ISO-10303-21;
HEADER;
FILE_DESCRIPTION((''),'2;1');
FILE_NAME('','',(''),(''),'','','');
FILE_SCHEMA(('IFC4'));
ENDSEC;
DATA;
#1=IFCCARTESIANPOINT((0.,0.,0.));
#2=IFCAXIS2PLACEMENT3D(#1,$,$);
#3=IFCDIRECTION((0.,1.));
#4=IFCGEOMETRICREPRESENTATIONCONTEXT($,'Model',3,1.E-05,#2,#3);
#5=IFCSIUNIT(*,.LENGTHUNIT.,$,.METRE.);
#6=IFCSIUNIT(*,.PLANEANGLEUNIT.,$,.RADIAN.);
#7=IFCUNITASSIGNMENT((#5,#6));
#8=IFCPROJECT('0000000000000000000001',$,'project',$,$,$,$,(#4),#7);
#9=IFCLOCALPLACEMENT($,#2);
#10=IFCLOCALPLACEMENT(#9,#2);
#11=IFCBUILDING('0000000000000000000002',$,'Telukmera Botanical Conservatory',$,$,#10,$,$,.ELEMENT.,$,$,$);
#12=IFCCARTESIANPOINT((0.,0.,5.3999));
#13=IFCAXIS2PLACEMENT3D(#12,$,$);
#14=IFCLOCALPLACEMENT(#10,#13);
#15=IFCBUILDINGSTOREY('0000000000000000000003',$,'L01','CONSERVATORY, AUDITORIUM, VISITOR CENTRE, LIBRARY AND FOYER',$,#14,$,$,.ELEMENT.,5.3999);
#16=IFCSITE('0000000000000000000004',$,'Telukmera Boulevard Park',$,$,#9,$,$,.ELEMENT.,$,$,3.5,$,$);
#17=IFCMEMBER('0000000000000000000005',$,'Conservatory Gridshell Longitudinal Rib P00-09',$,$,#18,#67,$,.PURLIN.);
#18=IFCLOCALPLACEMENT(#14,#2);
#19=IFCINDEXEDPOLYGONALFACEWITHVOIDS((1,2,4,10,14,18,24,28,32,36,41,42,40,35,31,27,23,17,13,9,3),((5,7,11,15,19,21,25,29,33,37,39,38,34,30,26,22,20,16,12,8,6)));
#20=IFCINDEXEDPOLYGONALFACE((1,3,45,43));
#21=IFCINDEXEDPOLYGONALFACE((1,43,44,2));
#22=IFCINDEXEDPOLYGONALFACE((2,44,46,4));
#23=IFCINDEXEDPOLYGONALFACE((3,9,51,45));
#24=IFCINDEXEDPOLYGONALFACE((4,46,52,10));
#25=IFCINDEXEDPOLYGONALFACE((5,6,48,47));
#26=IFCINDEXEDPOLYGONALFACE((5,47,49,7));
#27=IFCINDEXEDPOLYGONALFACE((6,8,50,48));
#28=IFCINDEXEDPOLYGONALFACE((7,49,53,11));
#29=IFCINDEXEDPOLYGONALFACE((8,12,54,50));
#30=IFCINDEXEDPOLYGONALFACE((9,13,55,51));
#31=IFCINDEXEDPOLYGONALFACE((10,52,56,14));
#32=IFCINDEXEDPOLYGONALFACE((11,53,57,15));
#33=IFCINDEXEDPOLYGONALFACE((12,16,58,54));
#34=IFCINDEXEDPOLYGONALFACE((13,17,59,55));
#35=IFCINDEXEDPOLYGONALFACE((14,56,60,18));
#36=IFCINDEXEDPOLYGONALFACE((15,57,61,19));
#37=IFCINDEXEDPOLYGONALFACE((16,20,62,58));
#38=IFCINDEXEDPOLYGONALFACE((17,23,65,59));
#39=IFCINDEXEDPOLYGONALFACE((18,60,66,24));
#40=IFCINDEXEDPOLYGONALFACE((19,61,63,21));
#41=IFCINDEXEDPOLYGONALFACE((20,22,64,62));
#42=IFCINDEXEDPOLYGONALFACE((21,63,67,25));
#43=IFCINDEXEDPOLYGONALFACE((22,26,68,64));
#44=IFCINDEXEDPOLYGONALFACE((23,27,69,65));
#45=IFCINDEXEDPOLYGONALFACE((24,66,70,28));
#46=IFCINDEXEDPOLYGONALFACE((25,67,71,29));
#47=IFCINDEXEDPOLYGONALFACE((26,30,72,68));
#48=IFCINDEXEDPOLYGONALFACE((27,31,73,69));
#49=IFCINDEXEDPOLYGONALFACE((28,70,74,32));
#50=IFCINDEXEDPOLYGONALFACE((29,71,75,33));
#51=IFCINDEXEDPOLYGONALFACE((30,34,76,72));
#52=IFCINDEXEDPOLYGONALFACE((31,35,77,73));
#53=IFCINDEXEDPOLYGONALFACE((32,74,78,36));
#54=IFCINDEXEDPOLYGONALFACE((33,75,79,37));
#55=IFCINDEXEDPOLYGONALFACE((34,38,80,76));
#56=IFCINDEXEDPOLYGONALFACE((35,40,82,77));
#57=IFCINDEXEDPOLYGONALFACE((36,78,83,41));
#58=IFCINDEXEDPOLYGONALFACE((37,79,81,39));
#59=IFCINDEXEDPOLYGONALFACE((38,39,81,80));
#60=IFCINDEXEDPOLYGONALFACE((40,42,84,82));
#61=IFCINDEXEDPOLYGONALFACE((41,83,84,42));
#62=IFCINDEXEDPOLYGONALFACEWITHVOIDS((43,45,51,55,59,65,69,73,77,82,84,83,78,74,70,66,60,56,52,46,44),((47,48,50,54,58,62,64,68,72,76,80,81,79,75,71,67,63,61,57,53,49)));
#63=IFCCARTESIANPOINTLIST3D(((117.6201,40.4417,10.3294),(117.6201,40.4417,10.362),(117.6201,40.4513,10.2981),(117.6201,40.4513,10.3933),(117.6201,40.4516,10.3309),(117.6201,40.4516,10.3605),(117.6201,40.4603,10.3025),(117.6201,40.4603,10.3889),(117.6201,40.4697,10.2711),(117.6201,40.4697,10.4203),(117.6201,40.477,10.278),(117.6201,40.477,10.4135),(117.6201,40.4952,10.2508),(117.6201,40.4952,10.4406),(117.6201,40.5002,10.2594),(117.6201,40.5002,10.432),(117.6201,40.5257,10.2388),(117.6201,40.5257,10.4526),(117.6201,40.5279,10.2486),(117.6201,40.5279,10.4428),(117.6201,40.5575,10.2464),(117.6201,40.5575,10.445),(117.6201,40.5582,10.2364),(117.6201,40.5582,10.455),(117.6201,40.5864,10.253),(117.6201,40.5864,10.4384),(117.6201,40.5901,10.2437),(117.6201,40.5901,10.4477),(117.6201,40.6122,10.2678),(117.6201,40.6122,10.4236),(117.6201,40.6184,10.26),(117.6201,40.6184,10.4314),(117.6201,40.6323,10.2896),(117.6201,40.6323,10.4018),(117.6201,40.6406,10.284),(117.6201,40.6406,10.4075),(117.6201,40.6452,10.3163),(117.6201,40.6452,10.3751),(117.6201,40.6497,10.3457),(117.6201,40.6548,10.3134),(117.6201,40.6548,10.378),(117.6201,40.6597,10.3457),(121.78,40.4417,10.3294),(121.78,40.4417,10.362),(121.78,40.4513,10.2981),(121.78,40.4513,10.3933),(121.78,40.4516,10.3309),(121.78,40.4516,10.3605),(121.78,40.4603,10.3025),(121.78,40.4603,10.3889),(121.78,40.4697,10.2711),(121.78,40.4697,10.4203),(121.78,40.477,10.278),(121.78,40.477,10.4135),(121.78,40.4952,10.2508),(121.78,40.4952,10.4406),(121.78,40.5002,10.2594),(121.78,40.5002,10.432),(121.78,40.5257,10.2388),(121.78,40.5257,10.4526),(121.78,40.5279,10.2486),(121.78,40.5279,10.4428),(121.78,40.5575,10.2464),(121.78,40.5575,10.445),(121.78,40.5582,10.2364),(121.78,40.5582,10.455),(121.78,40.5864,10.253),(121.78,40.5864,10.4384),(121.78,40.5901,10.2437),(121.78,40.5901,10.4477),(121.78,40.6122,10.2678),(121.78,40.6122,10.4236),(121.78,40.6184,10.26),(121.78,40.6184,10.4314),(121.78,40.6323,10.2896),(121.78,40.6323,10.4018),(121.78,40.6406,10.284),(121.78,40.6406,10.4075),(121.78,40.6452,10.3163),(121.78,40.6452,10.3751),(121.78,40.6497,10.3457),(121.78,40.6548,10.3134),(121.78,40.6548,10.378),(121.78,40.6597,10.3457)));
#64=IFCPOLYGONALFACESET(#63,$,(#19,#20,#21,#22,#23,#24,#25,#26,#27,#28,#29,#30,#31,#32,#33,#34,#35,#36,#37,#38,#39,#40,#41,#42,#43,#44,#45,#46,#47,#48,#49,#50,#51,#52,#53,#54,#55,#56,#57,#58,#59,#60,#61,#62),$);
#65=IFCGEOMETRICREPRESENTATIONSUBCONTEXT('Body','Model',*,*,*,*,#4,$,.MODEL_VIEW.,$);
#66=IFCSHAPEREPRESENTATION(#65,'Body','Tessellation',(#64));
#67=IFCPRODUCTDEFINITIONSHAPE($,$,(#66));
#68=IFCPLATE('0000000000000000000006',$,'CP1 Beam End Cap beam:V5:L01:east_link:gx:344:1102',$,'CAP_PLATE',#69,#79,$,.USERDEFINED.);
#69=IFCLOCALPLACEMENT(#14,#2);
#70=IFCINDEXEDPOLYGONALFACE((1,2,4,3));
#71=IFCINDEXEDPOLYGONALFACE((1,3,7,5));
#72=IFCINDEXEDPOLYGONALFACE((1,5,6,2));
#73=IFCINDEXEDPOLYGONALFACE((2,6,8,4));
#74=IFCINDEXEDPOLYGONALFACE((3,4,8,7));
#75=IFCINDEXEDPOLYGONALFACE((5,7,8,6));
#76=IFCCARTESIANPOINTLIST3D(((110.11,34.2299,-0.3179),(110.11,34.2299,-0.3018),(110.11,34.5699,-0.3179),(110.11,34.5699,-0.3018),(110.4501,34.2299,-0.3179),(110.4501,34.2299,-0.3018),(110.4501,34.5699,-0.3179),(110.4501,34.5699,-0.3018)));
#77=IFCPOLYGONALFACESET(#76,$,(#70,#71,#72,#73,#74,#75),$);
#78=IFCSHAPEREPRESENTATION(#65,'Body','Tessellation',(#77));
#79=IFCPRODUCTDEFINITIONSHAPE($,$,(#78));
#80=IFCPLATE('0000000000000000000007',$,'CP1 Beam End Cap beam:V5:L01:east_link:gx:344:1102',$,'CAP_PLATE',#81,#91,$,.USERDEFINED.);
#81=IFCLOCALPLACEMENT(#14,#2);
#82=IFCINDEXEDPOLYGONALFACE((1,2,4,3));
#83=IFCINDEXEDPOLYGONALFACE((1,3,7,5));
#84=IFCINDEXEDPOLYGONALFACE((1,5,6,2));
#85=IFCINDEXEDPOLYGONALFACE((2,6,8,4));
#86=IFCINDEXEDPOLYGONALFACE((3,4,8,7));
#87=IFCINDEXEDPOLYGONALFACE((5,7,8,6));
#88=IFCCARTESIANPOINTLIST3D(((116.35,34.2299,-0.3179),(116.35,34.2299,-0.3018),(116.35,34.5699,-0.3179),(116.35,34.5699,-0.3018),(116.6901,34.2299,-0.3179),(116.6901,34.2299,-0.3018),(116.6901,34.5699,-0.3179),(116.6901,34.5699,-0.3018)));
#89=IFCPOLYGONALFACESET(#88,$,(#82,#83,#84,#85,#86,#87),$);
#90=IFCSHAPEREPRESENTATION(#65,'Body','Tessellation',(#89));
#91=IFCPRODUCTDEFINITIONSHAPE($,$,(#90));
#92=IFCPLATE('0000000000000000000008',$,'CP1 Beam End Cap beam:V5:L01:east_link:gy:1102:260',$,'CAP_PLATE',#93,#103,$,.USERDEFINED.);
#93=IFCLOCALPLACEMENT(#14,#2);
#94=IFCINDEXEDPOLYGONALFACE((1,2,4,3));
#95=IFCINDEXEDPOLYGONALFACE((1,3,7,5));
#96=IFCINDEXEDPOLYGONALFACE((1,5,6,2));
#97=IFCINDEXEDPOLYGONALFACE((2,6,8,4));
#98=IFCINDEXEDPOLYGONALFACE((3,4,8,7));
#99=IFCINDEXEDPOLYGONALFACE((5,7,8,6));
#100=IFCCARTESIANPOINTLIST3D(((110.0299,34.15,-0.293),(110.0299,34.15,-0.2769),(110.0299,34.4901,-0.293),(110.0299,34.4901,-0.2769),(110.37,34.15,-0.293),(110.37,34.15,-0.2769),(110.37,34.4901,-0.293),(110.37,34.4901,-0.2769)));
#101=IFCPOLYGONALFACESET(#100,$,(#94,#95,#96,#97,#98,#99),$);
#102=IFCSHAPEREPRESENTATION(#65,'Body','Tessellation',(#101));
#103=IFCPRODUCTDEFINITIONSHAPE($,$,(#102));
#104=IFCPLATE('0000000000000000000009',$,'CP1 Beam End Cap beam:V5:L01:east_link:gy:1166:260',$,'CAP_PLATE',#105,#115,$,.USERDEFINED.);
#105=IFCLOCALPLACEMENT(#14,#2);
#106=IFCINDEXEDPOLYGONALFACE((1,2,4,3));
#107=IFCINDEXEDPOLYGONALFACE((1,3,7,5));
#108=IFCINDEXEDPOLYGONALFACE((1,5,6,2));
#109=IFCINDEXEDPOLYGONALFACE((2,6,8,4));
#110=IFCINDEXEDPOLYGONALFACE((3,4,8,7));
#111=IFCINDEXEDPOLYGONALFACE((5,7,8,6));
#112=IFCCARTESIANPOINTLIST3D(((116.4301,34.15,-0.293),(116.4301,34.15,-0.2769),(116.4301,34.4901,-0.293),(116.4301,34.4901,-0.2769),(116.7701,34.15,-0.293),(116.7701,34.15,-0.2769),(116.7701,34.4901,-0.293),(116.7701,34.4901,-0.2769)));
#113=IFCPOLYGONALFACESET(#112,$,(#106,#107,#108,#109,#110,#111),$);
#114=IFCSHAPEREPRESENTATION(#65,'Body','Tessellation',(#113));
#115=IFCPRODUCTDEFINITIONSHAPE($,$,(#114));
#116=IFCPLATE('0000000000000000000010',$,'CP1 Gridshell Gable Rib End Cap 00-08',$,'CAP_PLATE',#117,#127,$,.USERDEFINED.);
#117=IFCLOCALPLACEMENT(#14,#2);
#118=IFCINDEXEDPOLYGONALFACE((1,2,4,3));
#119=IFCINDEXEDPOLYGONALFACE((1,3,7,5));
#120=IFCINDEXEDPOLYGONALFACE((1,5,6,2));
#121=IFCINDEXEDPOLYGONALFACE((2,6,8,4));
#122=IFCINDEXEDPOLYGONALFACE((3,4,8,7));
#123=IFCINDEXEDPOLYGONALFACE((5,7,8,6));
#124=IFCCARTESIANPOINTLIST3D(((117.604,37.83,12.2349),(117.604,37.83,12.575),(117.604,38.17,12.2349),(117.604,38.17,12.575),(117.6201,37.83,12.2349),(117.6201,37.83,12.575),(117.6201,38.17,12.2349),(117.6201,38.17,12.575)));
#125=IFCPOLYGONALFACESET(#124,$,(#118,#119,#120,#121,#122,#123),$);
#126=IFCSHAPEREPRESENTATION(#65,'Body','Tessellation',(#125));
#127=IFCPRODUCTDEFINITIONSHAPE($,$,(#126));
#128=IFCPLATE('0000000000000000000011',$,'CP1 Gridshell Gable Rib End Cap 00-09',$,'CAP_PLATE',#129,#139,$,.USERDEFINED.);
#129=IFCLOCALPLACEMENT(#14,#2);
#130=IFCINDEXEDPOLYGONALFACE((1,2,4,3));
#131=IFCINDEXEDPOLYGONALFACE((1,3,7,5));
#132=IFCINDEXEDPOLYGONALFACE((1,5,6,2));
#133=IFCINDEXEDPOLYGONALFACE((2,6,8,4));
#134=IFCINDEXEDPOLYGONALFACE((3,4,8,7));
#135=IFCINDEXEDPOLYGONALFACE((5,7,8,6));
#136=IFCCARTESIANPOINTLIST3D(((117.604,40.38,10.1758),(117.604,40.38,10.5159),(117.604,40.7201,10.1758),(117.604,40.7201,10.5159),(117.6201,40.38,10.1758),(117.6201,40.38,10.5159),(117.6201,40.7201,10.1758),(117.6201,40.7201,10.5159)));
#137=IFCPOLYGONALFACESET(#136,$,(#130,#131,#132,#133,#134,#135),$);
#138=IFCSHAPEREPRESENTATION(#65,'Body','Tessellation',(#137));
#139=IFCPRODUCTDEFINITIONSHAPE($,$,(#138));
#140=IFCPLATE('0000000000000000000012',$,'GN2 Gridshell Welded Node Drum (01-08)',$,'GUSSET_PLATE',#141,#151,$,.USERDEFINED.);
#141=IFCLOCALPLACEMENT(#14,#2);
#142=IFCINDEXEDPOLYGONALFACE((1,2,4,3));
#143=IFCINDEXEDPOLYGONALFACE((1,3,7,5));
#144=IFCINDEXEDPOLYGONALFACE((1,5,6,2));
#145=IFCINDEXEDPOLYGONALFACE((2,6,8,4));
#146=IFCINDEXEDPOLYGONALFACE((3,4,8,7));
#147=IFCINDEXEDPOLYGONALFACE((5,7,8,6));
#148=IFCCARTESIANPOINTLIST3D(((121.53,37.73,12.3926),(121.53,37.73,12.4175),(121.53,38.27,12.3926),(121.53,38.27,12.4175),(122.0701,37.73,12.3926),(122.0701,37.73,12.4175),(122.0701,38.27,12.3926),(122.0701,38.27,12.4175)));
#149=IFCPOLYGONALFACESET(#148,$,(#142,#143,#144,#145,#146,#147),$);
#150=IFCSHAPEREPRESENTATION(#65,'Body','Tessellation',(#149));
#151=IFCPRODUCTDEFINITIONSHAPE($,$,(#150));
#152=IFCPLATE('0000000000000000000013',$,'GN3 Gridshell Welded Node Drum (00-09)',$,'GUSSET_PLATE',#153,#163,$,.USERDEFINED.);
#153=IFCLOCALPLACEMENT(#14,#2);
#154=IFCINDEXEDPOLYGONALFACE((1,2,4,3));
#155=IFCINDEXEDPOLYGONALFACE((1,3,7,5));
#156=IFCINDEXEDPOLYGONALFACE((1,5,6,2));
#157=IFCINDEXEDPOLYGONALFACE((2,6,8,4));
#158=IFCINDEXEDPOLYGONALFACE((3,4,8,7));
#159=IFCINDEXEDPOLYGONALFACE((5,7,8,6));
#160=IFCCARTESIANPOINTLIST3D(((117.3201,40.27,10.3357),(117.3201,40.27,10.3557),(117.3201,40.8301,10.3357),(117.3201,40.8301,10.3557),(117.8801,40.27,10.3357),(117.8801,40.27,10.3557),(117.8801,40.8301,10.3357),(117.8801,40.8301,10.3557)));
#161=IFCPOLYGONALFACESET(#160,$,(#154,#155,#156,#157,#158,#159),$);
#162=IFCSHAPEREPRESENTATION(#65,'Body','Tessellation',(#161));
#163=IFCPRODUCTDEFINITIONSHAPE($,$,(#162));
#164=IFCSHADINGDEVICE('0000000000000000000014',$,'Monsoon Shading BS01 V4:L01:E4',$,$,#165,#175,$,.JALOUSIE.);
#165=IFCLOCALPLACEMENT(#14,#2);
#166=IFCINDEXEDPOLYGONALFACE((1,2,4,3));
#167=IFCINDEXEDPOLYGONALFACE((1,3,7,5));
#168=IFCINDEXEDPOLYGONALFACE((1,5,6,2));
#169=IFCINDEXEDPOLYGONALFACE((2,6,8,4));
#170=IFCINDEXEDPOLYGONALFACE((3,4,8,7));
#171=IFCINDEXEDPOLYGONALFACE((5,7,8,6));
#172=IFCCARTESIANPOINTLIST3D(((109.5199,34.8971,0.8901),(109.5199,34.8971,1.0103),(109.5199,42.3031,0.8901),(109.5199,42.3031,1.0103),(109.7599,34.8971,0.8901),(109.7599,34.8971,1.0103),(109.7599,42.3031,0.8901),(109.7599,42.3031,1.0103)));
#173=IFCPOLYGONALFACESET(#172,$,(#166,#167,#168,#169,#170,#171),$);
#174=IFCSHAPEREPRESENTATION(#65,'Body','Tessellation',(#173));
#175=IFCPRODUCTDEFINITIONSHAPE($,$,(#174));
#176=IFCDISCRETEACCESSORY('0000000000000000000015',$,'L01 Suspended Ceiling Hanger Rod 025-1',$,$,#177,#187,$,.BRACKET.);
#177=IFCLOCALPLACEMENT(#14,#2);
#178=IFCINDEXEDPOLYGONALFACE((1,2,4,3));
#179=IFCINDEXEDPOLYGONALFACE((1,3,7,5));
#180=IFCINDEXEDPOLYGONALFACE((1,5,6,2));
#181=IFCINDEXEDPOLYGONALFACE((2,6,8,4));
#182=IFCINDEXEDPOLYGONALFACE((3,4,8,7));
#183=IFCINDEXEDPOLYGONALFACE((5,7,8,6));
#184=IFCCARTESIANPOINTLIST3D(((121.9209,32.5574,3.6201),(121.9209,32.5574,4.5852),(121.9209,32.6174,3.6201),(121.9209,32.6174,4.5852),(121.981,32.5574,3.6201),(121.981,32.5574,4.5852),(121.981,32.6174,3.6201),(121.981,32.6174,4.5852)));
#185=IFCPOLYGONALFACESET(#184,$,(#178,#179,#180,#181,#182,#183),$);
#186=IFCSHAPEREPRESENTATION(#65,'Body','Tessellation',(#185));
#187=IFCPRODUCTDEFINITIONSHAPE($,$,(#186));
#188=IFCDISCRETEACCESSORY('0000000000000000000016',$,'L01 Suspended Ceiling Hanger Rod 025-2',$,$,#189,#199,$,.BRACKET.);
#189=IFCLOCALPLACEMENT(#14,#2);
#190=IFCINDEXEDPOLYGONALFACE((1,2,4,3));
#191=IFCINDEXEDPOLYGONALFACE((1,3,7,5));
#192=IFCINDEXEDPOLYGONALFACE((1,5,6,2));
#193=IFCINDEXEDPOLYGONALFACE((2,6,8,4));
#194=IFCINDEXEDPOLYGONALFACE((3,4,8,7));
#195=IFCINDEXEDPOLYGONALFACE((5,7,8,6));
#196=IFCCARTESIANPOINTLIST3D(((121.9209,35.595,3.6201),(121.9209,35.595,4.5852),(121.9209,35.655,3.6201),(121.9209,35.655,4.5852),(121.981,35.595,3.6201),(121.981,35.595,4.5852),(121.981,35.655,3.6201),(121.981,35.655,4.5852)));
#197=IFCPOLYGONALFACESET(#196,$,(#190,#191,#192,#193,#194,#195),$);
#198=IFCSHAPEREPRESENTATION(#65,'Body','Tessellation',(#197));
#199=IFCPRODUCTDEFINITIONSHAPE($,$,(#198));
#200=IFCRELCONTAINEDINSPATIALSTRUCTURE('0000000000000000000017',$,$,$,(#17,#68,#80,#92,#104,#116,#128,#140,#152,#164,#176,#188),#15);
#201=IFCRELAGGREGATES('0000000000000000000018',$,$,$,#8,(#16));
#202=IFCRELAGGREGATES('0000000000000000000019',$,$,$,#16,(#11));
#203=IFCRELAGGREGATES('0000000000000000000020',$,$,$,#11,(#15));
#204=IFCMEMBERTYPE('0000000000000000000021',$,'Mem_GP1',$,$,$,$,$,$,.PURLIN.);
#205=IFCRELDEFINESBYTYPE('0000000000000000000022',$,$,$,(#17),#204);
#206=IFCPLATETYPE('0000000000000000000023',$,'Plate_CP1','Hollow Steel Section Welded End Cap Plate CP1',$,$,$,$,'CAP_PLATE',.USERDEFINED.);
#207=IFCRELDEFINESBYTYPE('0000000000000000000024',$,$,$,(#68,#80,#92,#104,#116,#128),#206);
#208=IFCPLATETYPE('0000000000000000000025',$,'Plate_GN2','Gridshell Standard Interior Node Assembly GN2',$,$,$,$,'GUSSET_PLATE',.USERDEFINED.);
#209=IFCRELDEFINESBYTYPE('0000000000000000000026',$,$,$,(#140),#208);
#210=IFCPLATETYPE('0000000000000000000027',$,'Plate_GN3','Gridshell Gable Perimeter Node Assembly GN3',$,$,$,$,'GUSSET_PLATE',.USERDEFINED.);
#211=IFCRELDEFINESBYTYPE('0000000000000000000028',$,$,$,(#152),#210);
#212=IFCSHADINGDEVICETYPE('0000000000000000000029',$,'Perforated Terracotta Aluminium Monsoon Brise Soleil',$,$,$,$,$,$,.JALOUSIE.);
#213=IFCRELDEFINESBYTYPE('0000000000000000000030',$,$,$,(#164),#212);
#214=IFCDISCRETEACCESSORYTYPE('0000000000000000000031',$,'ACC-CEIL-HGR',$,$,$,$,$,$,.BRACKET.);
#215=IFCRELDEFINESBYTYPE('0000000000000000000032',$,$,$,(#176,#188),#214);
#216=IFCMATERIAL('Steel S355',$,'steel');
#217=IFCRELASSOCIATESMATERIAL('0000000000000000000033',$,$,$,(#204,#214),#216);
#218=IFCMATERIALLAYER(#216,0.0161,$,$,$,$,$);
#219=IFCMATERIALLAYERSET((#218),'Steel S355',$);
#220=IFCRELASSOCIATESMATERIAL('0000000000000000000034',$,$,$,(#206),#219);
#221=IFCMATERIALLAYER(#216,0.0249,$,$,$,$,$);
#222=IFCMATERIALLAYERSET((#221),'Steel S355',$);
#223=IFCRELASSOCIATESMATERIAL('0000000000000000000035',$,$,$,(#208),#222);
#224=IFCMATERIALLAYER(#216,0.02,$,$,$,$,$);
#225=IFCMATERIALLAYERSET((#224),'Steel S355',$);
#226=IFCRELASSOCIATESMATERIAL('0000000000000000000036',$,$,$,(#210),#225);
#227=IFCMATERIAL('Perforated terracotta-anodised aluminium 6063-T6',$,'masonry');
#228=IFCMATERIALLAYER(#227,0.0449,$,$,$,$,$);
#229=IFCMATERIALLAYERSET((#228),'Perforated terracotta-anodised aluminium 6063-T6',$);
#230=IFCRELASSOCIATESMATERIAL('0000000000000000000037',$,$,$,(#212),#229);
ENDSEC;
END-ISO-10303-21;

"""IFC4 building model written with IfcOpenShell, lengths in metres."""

from ifc_helpers import new_model, si_unit, direction, frame, origin, origin_2d, place, context, subcontext, project, spatial, rectangle, hollow_circle, extrude, material, layer, layer_set, material_profile, profile_set, type_object, element, save


model = new_model("IFC4")

# Units and contexts
model_context = context("Model", 3, precision=1e-05, world=origin(), true_north=direction((0.0, 1.0)))
body_context = subcontext(model_context, "Body", "Model", "MODEL_VIEW")
ifc_project = project(units=[si_unit("LENGTHUNIT", "METRE"), si_unit("PLANEANGLEUNIT", "RADIAN")], contexts=[model_context])

# Site, building, storey
site_placement = place(None, origin())
site = spatial("IfcSite", under=ifc_project, at=site_placement, Name="Telukmera Boulevard Park", CompositionType="ELEMENT", RefElevation=3.5)
building_placement = place(site_placement, origin())
building = spatial("IfcBuilding", under=site, at=building_placement, Name="Telukmera Botanical Conservatory", CompositionType="ELEMENT")
storey_placement = place(building_placement, frame((0.0, 0.0, 5.3999)))
storey = spatial("IfcBuildingStorey", under=building, at=storey_placement, Name="L01", Description="CONSERVATORY, AUDITORIUM, VISITOR CENTRE, LIBRARY AND FOYER", CompositionType="ELEMENT", Elevation=5.3999)

# Shared definitions
ifc_material_1 = material(Name="Steel S355", Category="steel")

# Member
ifc_material_profile_1 = material_profile(ifc_material_1, hollow_circle(Radius=0.1096, WallThickness=0.01, at=origin_2d()), Name="CHS 219.1x10.0")
ifc_profile_set_1 = profile_set([ifc_material_profile_1], Name="Steel S355")
member_type_1 = type_object("IfcMemberType", Name="Mem_GP1", PredefinedType="PURLIN", material=ifc_profile_set_1)
member_1_placement = place(storey_placement, frame((117.6201, 40.55, 10.3457), z_axis=(1.0, 0.0, 0.0), x_axis=(0.0, 1.0, 0.0)))
element("IfcMember", 1, at=member_1_placement, inside=storey, type_object=member_type_1, Name="Conservatory Gridshell Longitudinal Rib P00-09", PredefinedType="PURLIN", context=body_context, shape_type="SweptSolid", body=[
    extrude(hollow_circle(Radius=0.1096, WallThickness=0.01, at=origin_2d()), origin(), (0.0, 0.0, 1.0), 4.1599),
])

# Plates
ifc_layer_1 = layer(ifc_material_1, 0.0161)
ifc_layer_set_1 = layer_set([ifc_layer_1], Name="Steel S355")
plate_type_1 = type_object("IfcPlateType", Name="Plate_CP1", Description="Hollow Steel Section Welded End Cap Plate CP1", ElementType="CAP_PLATE", PredefinedType="USERDEFINED", material=ifc_layer_set_1)
for number, where, z_axis, x_axis, name in (
    (2, (110.28, 34.3999, -0.3179), (0.0, 0.0, 1.0), (1.0, 0.0, 0.0), "CP1 Beam End Cap beam:V5:L01:east_link:gx:344:1102"),
    (3, (116.52, 34.3999, -0.3179), (0.0, 0.0, 1.0), (1.0, 0.0, 0.0), "CP1 Beam End Cap beam:V5:L01:east_link:gx:344:1102"),
    (4, (110.2, 34.3201, -0.293), (0.0, 0.0, 1.0), (1.0, 0.0, 0.0), "CP1 Beam End Cap beam:V5:L01:east_link:gy:1102:260"),
    (5, (116.6001, 34.3201, -0.293), (0.0, 0.0, 1.0), (1.0, 0.0, 0.0), "CP1 Beam End Cap beam:V5:L01:east_link:gy:1166:260"),
):
    element("IfcPlate", number, at=place(storey_placement, frame(where, z_axis=z_axis, x_axis=x_axis)), inside=storey, type_object=plate_type_1, Name=name, ObjectType="CAP_PLATE", PredefinedType="USERDEFINED", context=body_context, shape_type="SweptSolid", body=[
        extrude(rectangle(XDim=0.3401, YDim=0.3401, at=origin_2d()), origin(), (0.0, 0.0, 1.0), 0.0161),
    ])
for number, where, z_axis, x_axis, name in (
    (6, (117.6121, 38.0, 12.2349), (0.0, 0.0, 1.0), (1.0, 0.0, 0.0), "CP1 Gridshell Gable Rib End Cap 00-08"),
    (7, (117.6121, 40.55, 10.1758), (0.0, 0.0, 1.0), (1.0, 0.0, 0.0), "CP1 Gridshell Gable Rib End Cap 00-09"),
):
    element("IfcPlate", number, at=place(storey_placement, frame(where, z_axis=z_axis, x_axis=x_axis)), inside=storey, type_object=plate_type_1, Name=name, ObjectType="CAP_PLATE", PredefinedType="USERDEFINED", context=body_context, shape_type="SweptSolid", body=[
        extrude(rectangle(XDim=0.0161, YDim=0.3401, at=origin_2d()), origin(), (0.0, 0.0, 1.0), 0.3401),
    ])
ifc_layer_2 = layer(ifc_material_1, 0.0249)
ifc_layer_set_2 = layer_set([ifc_layer_2], Name="Steel S355")
plate_type_2 = type_object("IfcPlateType", Name="Plate_GN2", Description="Gridshell Standard Interior Node Assembly GN2", ElementType="GUSSET_PLATE", PredefinedType="USERDEFINED", material=ifc_layer_set_2)
plate_1_placement = place(storey_placement, frame((121.8, 38.0, 12.3926), z_axis=(0.0, 0.0, 1.0), x_axis=(1.0, 0.0, 0.0)))
element("IfcPlate", 8, at=plate_1_placement, inside=storey, type_object=plate_type_2, Name="GN2 Gridshell Welded Node Drum (01-08)", ObjectType="GUSSET_PLATE", PredefinedType="USERDEFINED", context=body_context, shape_type="SweptSolid", body=[
    extrude(rectangle(XDim=0.54, YDim=0.54, at=origin_2d()), origin(), (0.0, 0.0, 1.0), 0.0249),
])
ifc_layer_3 = layer(ifc_material_1, 0.02)
ifc_layer_set_3 = layer_set([ifc_layer_3], Name="Steel S355")
plate_type_3 = type_object("IfcPlateType", Name="Plate_GN3", Description="Gridshell Gable Perimeter Node Assembly GN3", ElementType="GUSSET_PLATE", PredefinedType="USERDEFINED", material=ifc_layer_set_3)
plate_2_placement = place(storey_placement, frame((117.6001, 40.55, 10.3357), z_axis=(0.0, 0.0, 1.0), x_axis=(1.0, 0.0, 0.0)))
element("IfcPlate", 9, at=plate_2_placement, inside=storey, type_object=plate_type_3, Name="GN3 Gridshell Welded Node Drum (00-09)", ObjectType="GUSSET_PLATE", PredefinedType="USERDEFINED", context=body_context, shape_type="SweptSolid", body=[
    extrude(rectangle(XDim=0.5601, YDim=0.5601, at=origin_2d()), origin(), (0.0, 0.0, 1.0), 0.02),
])

# Shading device
ifc_material_2 = material(Name="Perforated terracotta-anodised aluminium 6063-T6", Category="masonry")
ifc_layer_4 = layer(ifc_material_2, 0.0449)
ifc_layer_set_4 = layer_set([ifc_layer_4], Name="Perforated terracotta-anodised aluminium 6063-T6")
shading_device_type = type_object("IfcShadingDeviceType", Name="Perforated Terracotta Aluminium Monsoon Brise Soleil", PredefinedType="JALOUSIE", material=ifc_layer_set_4)
shading_device_placement = place(storey_placement, frame((109.6399, 38.6001, 0.8901), z_axis=(0.0, 0.0, 1.0), x_axis=(0.0, 1.0, 0.0)))
element("IfcShadingDevice", 10, at=shading_device_placement, inside=storey, type_object=shading_device_type, Name="Monsoon Shading BS01 V4:L01:E4", PredefinedType="JALOUSIE", context=body_context, shape_type="SweptSolid", body=[
    extrude(rectangle(XDim=7.406, YDim=0.24, at=origin_2d()), origin(), (0.0, 0.0, 1.0), 0.1201),
])

# Discrete accessories
discrete_accessory_type_1 = type_object("IfcDiscreteAccessoryType", Name="ACC-CEIL-HGR", PredefinedType="BRACKET", material=ifc_material_1)
for number, where, z_axis, x_axis, name in (
    (11, (121.9509, 32.5874, 3.6201), (0.0, 0.0, 1.0), (1.0, 0.0, 0.0), "L01 Suspended Ceiling Hanger Rod 025-1"),
    (12, (121.9509, 35.625, 3.6201), (0.0, 0.0, 1.0), (1.0, 0.0, 0.0), "L01 Suspended Ceiling Hanger Rod 025-2"),
):
    element("IfcDiscreteAccessory", number, at=place(storey_placement, frame(where, z_axis=z_axis, x_axis=x_axis)), inside=storey, type_object=discrete_accessory_type_1, Name=name, PredefinedType="BRACKET", context=body_context, shape_type="SweptSolid", body=[
        extrude(rectangle(XDim=0.0601, YDim=0.0601, at=origin_2d()), origin(), (0.0, 0.0, 1.0), 0.9651),
    ])

save(model, "model.ifc")
